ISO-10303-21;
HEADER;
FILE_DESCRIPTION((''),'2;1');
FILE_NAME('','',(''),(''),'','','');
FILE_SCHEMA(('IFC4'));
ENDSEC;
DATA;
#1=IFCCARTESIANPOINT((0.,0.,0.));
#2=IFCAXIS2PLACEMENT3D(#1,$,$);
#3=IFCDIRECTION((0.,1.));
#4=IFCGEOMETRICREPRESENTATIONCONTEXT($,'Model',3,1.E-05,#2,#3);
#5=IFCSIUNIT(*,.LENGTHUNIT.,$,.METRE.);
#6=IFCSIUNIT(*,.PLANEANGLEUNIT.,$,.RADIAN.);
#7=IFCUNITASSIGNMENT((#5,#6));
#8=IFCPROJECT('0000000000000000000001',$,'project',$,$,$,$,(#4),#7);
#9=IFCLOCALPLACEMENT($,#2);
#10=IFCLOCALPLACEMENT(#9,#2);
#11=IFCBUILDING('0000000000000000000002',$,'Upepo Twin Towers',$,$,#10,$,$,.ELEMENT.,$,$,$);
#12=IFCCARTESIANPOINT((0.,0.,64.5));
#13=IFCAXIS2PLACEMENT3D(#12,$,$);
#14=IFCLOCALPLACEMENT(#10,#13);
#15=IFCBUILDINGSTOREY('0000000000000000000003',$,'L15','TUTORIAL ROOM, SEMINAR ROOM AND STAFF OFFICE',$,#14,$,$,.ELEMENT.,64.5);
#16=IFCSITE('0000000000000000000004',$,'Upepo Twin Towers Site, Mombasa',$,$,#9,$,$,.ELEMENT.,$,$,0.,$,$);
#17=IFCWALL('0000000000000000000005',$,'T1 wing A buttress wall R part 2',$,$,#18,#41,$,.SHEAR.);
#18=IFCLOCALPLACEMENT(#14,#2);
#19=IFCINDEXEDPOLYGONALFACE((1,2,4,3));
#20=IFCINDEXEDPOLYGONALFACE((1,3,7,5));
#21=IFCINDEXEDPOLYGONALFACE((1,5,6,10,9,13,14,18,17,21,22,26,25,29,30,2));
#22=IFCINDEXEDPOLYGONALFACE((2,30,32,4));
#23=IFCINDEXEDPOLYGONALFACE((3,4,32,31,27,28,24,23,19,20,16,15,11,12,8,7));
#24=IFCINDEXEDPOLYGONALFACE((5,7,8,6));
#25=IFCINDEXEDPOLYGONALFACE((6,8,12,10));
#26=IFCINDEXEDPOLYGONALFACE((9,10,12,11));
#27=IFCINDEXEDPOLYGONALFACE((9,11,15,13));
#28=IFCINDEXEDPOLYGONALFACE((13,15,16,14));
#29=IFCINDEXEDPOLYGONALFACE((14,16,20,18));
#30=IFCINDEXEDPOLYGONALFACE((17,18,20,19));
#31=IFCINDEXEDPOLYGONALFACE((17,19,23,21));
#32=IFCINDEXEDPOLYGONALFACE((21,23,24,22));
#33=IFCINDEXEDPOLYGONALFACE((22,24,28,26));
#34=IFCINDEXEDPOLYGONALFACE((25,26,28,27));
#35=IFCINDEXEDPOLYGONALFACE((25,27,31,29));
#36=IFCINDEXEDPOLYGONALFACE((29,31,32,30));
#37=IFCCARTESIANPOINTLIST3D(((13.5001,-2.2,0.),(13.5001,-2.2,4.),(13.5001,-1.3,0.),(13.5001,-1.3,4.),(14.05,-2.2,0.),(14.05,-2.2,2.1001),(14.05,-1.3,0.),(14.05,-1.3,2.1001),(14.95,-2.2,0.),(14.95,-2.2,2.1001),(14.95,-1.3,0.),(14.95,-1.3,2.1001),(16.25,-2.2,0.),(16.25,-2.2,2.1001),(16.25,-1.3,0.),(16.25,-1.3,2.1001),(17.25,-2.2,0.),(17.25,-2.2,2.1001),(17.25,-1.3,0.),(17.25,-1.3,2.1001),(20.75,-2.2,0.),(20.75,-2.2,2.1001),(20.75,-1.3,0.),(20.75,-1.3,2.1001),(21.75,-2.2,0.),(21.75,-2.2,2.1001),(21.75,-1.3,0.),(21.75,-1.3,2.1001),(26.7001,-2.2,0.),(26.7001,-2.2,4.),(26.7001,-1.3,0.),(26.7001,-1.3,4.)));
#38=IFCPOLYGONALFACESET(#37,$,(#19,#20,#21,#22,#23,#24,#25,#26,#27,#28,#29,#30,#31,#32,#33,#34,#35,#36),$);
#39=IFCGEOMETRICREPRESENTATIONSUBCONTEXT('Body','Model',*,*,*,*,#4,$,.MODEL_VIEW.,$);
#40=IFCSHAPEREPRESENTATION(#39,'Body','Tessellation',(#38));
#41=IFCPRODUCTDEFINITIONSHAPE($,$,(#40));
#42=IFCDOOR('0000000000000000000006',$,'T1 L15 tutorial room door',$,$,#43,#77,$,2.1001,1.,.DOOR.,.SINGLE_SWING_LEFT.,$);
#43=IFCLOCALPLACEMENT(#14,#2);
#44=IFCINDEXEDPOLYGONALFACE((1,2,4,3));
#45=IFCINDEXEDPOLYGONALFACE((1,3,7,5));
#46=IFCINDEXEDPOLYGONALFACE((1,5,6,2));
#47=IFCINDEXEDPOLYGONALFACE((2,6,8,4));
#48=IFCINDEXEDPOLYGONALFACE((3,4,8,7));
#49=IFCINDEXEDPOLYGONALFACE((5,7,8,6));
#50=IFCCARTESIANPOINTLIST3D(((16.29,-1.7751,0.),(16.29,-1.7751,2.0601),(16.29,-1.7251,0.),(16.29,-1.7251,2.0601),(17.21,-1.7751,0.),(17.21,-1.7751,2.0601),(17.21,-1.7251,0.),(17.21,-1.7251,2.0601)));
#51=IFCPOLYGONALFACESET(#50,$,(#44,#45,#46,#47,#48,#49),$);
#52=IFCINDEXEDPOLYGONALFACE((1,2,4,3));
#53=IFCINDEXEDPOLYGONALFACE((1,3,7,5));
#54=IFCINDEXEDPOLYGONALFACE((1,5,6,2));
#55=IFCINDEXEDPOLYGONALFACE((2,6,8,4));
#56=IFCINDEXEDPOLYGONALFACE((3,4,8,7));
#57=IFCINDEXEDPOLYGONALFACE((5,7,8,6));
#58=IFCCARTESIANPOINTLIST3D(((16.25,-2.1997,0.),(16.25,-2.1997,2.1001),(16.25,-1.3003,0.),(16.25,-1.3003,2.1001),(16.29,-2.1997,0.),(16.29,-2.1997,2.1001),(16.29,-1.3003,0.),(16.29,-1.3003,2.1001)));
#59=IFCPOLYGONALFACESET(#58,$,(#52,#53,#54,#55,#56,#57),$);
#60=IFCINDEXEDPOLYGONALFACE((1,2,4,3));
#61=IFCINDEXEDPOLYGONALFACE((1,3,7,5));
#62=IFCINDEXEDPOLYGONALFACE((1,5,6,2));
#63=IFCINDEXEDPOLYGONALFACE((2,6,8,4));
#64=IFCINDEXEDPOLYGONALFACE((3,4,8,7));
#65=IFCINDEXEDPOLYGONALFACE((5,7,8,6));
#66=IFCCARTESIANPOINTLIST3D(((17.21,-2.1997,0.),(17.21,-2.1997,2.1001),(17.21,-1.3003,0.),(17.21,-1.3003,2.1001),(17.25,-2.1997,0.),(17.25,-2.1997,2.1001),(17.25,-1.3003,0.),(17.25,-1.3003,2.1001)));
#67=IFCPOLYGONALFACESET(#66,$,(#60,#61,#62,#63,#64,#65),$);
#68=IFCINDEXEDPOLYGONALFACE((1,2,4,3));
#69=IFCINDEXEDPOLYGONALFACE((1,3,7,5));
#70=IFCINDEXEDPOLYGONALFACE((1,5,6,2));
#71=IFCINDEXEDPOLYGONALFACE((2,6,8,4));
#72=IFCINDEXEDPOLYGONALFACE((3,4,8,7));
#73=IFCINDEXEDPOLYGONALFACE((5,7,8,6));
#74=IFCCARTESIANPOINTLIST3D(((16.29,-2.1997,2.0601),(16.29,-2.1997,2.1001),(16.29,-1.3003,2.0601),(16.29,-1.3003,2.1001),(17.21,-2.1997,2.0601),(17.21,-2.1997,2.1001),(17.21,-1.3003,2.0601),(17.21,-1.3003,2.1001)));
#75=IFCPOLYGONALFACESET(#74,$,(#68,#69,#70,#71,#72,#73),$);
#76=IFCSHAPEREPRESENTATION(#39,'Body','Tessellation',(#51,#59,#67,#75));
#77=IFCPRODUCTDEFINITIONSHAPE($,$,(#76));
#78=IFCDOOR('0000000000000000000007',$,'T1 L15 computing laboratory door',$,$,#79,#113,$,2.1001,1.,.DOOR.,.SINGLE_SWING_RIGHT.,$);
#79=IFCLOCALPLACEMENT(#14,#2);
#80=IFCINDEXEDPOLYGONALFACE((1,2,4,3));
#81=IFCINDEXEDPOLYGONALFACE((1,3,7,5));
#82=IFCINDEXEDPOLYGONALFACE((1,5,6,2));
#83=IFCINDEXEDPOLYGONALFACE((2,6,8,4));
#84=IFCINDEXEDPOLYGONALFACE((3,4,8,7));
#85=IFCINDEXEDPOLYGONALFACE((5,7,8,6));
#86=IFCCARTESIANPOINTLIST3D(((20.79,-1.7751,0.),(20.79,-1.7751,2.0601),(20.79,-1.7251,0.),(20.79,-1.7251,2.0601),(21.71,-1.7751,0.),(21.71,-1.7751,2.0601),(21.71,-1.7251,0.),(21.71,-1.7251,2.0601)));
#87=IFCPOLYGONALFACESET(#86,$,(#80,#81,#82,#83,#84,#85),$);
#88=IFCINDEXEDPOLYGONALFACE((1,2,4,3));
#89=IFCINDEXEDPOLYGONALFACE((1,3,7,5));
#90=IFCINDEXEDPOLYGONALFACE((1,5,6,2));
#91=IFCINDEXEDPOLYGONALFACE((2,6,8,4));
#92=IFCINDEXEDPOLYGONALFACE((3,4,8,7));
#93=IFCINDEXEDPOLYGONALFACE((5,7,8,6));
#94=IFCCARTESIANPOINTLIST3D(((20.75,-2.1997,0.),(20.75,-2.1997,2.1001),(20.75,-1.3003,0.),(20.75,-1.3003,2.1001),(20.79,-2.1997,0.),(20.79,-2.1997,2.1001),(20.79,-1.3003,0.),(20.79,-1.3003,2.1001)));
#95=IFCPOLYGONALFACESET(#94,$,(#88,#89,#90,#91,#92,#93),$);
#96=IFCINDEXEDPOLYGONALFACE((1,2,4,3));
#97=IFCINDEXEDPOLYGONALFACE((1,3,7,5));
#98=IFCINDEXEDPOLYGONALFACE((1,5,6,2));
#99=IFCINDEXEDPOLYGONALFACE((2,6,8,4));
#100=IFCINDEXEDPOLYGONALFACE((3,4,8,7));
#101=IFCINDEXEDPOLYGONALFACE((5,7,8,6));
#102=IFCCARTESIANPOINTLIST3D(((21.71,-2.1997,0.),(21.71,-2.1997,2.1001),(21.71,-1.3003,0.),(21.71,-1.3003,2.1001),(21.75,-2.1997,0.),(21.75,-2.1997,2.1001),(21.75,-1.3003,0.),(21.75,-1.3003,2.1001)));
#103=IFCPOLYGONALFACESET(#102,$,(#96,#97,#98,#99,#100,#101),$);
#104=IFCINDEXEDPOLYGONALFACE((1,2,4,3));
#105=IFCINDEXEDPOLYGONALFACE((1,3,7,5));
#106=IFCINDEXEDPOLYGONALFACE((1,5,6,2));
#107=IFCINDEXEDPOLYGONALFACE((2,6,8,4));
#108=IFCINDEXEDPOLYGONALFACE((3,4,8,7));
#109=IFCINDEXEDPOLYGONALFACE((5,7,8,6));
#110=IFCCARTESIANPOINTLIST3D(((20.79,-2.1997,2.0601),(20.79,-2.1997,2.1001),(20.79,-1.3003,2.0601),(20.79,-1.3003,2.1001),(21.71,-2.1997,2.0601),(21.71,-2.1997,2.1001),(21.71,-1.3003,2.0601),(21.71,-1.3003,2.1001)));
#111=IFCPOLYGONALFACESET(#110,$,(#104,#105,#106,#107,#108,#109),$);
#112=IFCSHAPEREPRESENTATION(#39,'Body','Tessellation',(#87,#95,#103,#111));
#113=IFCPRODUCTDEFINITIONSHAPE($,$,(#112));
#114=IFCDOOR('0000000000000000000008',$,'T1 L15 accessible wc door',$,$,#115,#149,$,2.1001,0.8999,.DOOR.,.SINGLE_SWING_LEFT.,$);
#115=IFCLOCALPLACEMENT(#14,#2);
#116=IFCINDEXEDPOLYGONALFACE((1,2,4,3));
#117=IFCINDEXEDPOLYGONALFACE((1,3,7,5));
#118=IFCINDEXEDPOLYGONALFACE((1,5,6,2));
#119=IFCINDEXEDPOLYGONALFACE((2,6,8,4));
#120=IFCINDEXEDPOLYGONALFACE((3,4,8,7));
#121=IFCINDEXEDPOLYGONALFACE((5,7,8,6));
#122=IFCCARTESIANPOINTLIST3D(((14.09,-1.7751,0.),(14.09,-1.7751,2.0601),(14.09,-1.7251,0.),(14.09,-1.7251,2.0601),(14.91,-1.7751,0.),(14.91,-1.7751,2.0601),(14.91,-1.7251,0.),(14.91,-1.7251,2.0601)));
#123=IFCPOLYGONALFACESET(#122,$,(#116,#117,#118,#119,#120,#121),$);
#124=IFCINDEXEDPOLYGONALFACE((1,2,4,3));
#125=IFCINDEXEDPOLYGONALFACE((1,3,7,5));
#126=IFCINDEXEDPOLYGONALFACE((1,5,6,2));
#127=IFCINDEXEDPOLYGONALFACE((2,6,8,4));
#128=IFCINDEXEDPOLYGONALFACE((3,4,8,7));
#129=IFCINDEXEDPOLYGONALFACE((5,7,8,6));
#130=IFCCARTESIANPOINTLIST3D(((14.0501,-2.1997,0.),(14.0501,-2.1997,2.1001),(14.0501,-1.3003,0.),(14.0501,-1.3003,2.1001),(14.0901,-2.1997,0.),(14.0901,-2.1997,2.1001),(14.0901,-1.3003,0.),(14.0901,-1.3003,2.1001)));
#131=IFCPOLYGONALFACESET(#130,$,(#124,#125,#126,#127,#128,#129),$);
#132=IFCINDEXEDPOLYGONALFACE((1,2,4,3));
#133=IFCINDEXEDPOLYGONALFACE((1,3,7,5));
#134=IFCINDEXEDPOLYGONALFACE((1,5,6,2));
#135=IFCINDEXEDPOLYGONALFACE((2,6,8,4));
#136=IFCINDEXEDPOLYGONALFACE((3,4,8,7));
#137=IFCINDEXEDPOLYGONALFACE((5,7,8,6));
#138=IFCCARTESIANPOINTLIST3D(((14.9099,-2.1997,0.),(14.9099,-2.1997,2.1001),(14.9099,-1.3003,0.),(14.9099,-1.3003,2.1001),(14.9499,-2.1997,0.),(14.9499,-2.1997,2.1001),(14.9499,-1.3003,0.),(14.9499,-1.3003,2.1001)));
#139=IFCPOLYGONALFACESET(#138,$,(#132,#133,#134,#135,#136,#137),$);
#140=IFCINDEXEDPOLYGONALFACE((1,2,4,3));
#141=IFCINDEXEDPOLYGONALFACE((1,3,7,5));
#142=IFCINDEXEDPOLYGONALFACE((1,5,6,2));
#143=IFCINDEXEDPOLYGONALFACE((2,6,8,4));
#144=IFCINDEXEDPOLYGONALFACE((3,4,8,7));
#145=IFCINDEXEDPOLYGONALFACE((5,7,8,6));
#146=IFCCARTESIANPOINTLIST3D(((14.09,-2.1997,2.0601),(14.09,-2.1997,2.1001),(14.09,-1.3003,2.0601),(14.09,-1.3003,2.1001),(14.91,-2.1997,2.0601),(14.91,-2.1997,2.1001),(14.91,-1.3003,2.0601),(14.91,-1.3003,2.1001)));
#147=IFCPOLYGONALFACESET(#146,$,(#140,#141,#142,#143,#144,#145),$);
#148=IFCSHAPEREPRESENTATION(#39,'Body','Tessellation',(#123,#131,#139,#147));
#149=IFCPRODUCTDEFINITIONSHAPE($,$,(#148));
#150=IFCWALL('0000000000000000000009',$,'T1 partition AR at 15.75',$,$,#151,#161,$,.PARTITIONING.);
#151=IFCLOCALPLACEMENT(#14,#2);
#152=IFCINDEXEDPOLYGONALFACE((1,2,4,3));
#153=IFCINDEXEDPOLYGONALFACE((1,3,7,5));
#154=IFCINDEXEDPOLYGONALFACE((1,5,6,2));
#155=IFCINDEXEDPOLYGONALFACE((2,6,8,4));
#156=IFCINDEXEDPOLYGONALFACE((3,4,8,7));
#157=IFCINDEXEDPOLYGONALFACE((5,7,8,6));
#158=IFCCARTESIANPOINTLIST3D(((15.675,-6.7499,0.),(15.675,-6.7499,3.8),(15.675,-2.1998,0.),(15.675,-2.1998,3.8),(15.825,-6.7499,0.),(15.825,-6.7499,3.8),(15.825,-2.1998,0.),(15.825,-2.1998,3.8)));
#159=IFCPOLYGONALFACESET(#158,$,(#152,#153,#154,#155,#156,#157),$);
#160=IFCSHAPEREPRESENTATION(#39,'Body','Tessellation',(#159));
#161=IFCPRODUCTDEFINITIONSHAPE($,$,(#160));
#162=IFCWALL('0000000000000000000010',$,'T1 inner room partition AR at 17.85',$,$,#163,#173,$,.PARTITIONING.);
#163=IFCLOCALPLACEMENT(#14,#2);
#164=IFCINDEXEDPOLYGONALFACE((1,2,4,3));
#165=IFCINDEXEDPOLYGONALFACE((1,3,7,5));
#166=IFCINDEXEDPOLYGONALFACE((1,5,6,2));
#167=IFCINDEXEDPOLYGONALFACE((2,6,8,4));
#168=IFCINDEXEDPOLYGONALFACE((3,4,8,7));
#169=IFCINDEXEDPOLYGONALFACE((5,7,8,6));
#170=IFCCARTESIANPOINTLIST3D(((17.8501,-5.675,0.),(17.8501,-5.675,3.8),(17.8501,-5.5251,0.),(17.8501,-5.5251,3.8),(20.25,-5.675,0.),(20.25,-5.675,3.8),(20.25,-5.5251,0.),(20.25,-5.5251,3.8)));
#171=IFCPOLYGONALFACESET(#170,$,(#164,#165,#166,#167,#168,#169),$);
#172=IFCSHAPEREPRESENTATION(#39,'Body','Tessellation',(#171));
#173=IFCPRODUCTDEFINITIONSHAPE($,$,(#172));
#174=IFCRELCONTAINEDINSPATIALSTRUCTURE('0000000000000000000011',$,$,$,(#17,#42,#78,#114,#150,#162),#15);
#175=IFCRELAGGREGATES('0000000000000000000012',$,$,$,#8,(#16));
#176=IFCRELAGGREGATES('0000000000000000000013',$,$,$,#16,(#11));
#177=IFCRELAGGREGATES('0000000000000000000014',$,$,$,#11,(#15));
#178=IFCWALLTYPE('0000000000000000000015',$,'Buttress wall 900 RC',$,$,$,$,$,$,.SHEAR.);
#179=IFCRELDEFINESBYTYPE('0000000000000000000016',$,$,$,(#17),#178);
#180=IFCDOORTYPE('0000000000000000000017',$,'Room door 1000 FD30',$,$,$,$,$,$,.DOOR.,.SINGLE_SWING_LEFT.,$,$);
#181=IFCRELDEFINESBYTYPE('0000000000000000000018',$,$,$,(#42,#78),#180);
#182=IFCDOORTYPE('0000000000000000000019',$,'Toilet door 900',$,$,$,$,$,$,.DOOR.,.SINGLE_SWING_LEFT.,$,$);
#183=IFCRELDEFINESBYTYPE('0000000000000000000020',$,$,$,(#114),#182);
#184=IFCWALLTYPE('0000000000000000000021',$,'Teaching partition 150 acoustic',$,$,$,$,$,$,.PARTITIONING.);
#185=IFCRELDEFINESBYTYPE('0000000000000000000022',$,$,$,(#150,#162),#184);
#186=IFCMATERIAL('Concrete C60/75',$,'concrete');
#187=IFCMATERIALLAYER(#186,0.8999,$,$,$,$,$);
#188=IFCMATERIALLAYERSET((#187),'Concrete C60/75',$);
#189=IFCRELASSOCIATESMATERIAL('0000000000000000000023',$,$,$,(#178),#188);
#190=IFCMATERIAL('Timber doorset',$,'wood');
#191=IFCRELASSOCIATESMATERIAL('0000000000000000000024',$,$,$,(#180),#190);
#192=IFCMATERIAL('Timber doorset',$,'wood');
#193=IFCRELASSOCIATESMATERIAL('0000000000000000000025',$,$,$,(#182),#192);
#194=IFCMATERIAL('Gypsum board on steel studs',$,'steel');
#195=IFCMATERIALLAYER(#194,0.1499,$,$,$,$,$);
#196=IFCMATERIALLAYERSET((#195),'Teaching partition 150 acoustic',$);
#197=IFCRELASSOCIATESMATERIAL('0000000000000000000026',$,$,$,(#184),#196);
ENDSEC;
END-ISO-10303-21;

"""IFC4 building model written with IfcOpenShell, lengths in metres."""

from ifc_helpers import new_model, si_unit, direction, frame, frame_2d, origin, place, context, subcontext, project, spatial, rectangle, extrude, material, layer, layer_set, type_object, element, fill, save


model = new_model("IFC4")

# Units and contexts
model_context = context("Model", 3, precision=1e-05, world=origin(), true_north=direction((0.0, 1.0)))
body_context = subcontext(model_context, "Body", "Model", "MODEL_VIEW")
ifc_project = project(units=[si_unit("LENGTHUNIT", "METRE"), si_unit("PLANEANGLEUNIT", "RADIAN")], contexts=[model_context])

# Site, building, storey
site_placement = place(None, origin())
site = spatial("IfcSite", under=ifc_project, at=site_placement, Name="Upepo Twin Towers Site, Mombasa", CompositionType="ELEMENT", RefElevation=0.0)
building_placement = place(site_placement, origin())
building = spatial("IfcBuilding", under=site, at=building_placement, Name="Upepo Twin Towers", CompositionType="ELEMENT")
storey_placement = place(building_placement, frame((0.0, 0.0, 64.5)))
storey = spatial("IfcBuildingStorey", under=building, at=storey_placement, Name="L15", Description="TUTORIAL ROOM, SEMINAR ROOM AND STAFF OFFICE", CompositionType="ELEMENT", Elevation=64.5)

# Wall, openings, doors
ifc_material_1 = material(Name="Concrete C60/75", Category="concrete")
ifc_layer_1 = layer(ifc_material_1, 0.8999)
ifc_layer_set_1 = layer_set([ifc_layer_1], Name="Concrete C60/75")
wall_type_1 = type_object("IfcWallType", Name="Buttress wall 900 RC", PredefinedType="SHEAR", material=ifc_layer_set_1)
wall_1_placement = place(storey_placement, frame((13.5, -1.75, 0.0), z_axis=(0.0, 0.0, 1.0), x_axis=(1.0, 0.0, 0.0)))
wall_1 = element("IfcWall", 1, at=wall_1_placement, inside=storey, type_object=wall_type_1, Name="T1 wing A buttress wall R part 2", PredefinedType="SHEAR", context=body_context, shape_type="SweptSolid", body=[
    extrude(rectangle(XDim=13.2, YDim=0.8999, at=frame_2d((6.6001, 0.0))), origin(), (0.0, 0.0, 1.0), 4.0),
])
opening_1_placement = place(wall_1_placement, frame((0.55, 0.0, 0.0)))
opening_1 = element("IfcOpeningElement", 2, at=opening_1_placement, cuts=wall_1, PredefinedType="OPENING", context=body_context, shape_type="SweptSolid", body=[
    extrude(rectangle(XDim=0.8999, YDim=2.1001, at=frame_2d((0.45, 1.05))), frame((0.0, 0.46, 0.0), z_axis=(0.0, -1.0, 0.0), x_axis=(1.0, 0.0, 0.0)), (0.0, 0.0, 1.0), 0.9199),
])
opening_2_placement = place(wall_1_placement, frame((2.75, 0.0, 0.0)))
opening_2 = element("IfcOpeningElement", 3, at=opening_2_placement, cuts=wall_1, PredefinedType="OPENING", context=body_context, shape_type="SweptSolid", body=[
    extrude(rectangle(XDim=1.0, YDim=2.1001, at=frame_2d((0.5, 1.05))), frame((0.0, 0.46, 0.0), z_axis=(0.0, -1.0, 0.0), x_axis=(1.0, 0.0, 0.0)), (0.0, 0.0, 1.0), 0.9199),
])
opening_3_placement = place(wall_1_placement, frame((7.25, 0.0, 0.0)))
opening_3 = element("IfcOpeningElement", 4, at=opening_3_placement, cuts=wall_1, PredefinedType="OPENING", context=body_context, shape_type="SweptSolid", body=[
    extrude(rectangle(XDim=1.0, YDim=2.1001, at=frame_2d((0.5, 1.05))), frame((0.0, 0.46, 0.0), z_axis=(0.0, -1.0, 0.0), x_axis=(1.0, 0.0, 0.0)), (0.0, 0.0, 1.0), 0.9199),
])
ifc_material_2 = material(Name="Timber doorset", Category="wood")
door_type_1 = type_object("IfcDoorType", Name="Room door 1000 FD30", OperationType="SINGLE_SWING_LEFT", PredefinedType="DOOR", material=ifc_material_2)
door_1_placement = place(opening_2_placement, origin())
door_1 = element("IfcDoor", 5, at=door_1_placement, inside=storey, type_object=door_type_1, Name="T1 L15 tutorial room door", OperationType="SINGLE_SWING_LEFT", OverallHeight=2.1001, OverallWidth=1.0, PredefinedType="DOOR", context=body_context, shape_type="SweptSolid", body=[
    extrude(rectangle(XDim=0.92, YDim=2.0601, at=frame_2d((0.5, 1.03))), frame((0.0, 0.0249, 0.0), z_axis=(0.0, -1.0, 0.0), x_axis=(1.0, 0.0, 0.0)), (0.0, 0.0, 1.0), 0.05),
    extrude(rectangle(XDim=0.04, YDim=2.1001, at=frame_2d((0.02, 1.05))), frame((0.0, 0.4497, 0.0), z_axis=(0.0, -1.0, 0.0), x_axis=(1.0, 0.0, 0.0)), (0.0, 0.0, 1.0), 0.8994),
    extrude(rectangle(XDim=0.04, YDim=2.1001, at=frame_2d((0.98, 1.05))), frame((0.0, 0.4497, 0.0), z_axis=(0.0, -1.0, 0.0), x_axis=(1.0, 0.0, 0.0)), (0.0, 0.0, 1.0), 0.8994),
    extrude(rectangle(XDim=0.92, YDim=0.04, at=frame_2d((0.5, 2.0801))), frame((0.0, 0.4497, 0.0), z_axis=(0.0, -1.0, 0.0), x_axis=(1.0, 0.0, 0.0)), (0.0, 0.0, 1.0), 0.8994),
])
fill(opening_2, door_1)
door_2_placement = place(opening_3_placement, origin())
door_2 = element("IfcDoor", 6, at=door_2_placement, inside=storey, type_object=door_type_1, Name="T1 L15 computing laboratory door", OperationType="SINGLE_SWING_RIGHT", OverallHeight=2.1001, OverallWidth=1.0, PredefinedType="DOOR", context=body_context, shape_type="SweptSolid", body=[
    extrude(rectangle(XDim=0.92, YDim=2.0601, at=frame_2d((0.5, 1.03))), frame((0.0, 0.0249, 0.0), z_axis=(0.0, -1.0, 0.0), x_axis=(1.0, 0.0, 0.0)), (0.0, 0.0, 1.0), 0.05),
    extrude(rectangle(XDim=0.04, YDim=2.1001, at=frame_2d((0.02, 1.05))), frame((0.0, 0.4497, 0.0), z_axis=(0.0, -1.0, 0.0), x_axis=(1.0, 0.0, 0.0)), (0.0, 0.0, 1.0), 0.8994),
    extrude(rectangle(XDim=0.04, YDim=2.1001, at=frame_2d((0.98, 1.05))), frame((0.0, 0.4497, 0.0), z_axis=(0.0, -1.0, 0.0), x_axis=(1.0, 0.0, 0.0)), (0.0, 0.0, 1.0), 0.8994),
    extrude(rectangle(XDim=0.92, YDim=0.04, at=frame_2d((0.5, 2.0801))), frame((0.0, 0.4497, 0.0), z_axis=(0.0, -1.0, 0.0), x_axis=(1.0, 0.0, 0.0)), (0.0, 0.0, 1.0), 0.8994),
])
fill(opening_3, door_2)
ifc_material_3 = material(Name="Timber doorset", Category="wood")
door_type_2 = type_object("IfcDoorType", Name="Toilet door 900", OperationType="SINGLE_SWING_LEFT", PredefinedType="DOOR", material=ifc_material_3)
door_3_placement = place(opening_1_placement, origin())
door_3 = element("IfcDoor", 7, at=door_3_placement, inside=storey, type_object=door_type_2, Name="T1 L15 accessible wc door", OperationType="SINGLE_SWING_LEFT", OverallHeight=2.1001, OverallWidth=0.8999, PredefinedType="DOOR", context=body_context, shape_type="SweptSolid", body=[
    extrude(rectangle(XDim=0.8199, YDim=2.0601, at=frame_2d((0.45, 1.03))), frame((0.0, 0.0249, 0.0), z_axis=(0.0, -1.0, 0.0), x_axis=(1.0, 0.0, 0.0)), (0.0, 0.0, 1.0), 0.05),
    extrude(rectangle(XDim=0.04, YDim=2.1001, at=frame_2d((0.02, 1.05))), frame((0.0, 0.4497, 0.0), z_axis=(0.0, -1.0, 0.0), x_axis=(1.0, 0.0, 0.0)), (0.0, 0.0, 1.0), 0.8994),
    extrude(rectangle(XDim=0.04, YDim=2.1001, at=frame_2d((0.8799, 1.05))), frame((0.0, 0.4497, 0.0), z_axis=(0.0, -1.0, 0.0), x_axis=(1.0, 0.0, 0.0)), (0.0, 0.0, 1.0), 0.8994),
    extrude(rectangle(XDim=0.8199, YDim=0.04, at=frame_2d((0.45, 2.0801))), frame((0.0, 0.4497, 0.0), z_axis=(0.0, -1.0, 0.0), x_axis=(1.0, 0.0, 0.0)), (0.0, 0.0, 1.0), 0.8994),
])
fill(opening_1, door_3)

# Walls
ifc_material_4 = material(Name="Gypsum board on steel studs", Category="steel")
ifc_layer_2 = layer(ifc_material_4, 0.1499)
ifc_layer_set_2 = layer_set([ifc_layer_2], Name="Teaching partition 150 acoustic")
wall_type_2 = type_object("IfcWallType", Name="Teaching partition 150 acoustic", PredefinedType="PARTITIONING", material=ifc_layer_set_2)
wall_2_placement = place(storey_placement, frame((15.75, -2.2, 0.0), z_axis=(0.0, 0.0, 1.0), x_axis=(0.0, -1.0, 0.0)))
element("IfcWall", 8, at=wall_2_placement, inside=storey, type_object=wall_type_2, Name="T1 partition AR at 15.75", PredefinedType="PARTITIONING", context=body_context, shape_type="SweptSolid", body=[
    extrude(rectangle(XDim=4.55, YDim=0.1499, at=frame_2d((2.2749, 0.0))), origin(), (0.0, 0.0, 1.0), 3.8),
])
wall_3_placement = place(storey_placement, frame((17.8501, -5.6001, 0.0), z_axis=(0.0, 0.0, 1.0), x_axis=(1.0, 0.0, 0.0)))
element("IfcWall", 9, at=wall_3_placement, inside=storey, type_object=wall_type_2, Name="T1 inner room partition AR at 17.85", PredefinedType="PARTITIONING", context=body_context, shape_type="SweptSolid", body=[
    extrude(rectangle(XDim=2.3999, YDim=0.1499, at=frame_2d((1.2, 0.0))), origin(), (0.0, 0.0, 1.0), 3.8),
])

save(model, "model.ifc")
